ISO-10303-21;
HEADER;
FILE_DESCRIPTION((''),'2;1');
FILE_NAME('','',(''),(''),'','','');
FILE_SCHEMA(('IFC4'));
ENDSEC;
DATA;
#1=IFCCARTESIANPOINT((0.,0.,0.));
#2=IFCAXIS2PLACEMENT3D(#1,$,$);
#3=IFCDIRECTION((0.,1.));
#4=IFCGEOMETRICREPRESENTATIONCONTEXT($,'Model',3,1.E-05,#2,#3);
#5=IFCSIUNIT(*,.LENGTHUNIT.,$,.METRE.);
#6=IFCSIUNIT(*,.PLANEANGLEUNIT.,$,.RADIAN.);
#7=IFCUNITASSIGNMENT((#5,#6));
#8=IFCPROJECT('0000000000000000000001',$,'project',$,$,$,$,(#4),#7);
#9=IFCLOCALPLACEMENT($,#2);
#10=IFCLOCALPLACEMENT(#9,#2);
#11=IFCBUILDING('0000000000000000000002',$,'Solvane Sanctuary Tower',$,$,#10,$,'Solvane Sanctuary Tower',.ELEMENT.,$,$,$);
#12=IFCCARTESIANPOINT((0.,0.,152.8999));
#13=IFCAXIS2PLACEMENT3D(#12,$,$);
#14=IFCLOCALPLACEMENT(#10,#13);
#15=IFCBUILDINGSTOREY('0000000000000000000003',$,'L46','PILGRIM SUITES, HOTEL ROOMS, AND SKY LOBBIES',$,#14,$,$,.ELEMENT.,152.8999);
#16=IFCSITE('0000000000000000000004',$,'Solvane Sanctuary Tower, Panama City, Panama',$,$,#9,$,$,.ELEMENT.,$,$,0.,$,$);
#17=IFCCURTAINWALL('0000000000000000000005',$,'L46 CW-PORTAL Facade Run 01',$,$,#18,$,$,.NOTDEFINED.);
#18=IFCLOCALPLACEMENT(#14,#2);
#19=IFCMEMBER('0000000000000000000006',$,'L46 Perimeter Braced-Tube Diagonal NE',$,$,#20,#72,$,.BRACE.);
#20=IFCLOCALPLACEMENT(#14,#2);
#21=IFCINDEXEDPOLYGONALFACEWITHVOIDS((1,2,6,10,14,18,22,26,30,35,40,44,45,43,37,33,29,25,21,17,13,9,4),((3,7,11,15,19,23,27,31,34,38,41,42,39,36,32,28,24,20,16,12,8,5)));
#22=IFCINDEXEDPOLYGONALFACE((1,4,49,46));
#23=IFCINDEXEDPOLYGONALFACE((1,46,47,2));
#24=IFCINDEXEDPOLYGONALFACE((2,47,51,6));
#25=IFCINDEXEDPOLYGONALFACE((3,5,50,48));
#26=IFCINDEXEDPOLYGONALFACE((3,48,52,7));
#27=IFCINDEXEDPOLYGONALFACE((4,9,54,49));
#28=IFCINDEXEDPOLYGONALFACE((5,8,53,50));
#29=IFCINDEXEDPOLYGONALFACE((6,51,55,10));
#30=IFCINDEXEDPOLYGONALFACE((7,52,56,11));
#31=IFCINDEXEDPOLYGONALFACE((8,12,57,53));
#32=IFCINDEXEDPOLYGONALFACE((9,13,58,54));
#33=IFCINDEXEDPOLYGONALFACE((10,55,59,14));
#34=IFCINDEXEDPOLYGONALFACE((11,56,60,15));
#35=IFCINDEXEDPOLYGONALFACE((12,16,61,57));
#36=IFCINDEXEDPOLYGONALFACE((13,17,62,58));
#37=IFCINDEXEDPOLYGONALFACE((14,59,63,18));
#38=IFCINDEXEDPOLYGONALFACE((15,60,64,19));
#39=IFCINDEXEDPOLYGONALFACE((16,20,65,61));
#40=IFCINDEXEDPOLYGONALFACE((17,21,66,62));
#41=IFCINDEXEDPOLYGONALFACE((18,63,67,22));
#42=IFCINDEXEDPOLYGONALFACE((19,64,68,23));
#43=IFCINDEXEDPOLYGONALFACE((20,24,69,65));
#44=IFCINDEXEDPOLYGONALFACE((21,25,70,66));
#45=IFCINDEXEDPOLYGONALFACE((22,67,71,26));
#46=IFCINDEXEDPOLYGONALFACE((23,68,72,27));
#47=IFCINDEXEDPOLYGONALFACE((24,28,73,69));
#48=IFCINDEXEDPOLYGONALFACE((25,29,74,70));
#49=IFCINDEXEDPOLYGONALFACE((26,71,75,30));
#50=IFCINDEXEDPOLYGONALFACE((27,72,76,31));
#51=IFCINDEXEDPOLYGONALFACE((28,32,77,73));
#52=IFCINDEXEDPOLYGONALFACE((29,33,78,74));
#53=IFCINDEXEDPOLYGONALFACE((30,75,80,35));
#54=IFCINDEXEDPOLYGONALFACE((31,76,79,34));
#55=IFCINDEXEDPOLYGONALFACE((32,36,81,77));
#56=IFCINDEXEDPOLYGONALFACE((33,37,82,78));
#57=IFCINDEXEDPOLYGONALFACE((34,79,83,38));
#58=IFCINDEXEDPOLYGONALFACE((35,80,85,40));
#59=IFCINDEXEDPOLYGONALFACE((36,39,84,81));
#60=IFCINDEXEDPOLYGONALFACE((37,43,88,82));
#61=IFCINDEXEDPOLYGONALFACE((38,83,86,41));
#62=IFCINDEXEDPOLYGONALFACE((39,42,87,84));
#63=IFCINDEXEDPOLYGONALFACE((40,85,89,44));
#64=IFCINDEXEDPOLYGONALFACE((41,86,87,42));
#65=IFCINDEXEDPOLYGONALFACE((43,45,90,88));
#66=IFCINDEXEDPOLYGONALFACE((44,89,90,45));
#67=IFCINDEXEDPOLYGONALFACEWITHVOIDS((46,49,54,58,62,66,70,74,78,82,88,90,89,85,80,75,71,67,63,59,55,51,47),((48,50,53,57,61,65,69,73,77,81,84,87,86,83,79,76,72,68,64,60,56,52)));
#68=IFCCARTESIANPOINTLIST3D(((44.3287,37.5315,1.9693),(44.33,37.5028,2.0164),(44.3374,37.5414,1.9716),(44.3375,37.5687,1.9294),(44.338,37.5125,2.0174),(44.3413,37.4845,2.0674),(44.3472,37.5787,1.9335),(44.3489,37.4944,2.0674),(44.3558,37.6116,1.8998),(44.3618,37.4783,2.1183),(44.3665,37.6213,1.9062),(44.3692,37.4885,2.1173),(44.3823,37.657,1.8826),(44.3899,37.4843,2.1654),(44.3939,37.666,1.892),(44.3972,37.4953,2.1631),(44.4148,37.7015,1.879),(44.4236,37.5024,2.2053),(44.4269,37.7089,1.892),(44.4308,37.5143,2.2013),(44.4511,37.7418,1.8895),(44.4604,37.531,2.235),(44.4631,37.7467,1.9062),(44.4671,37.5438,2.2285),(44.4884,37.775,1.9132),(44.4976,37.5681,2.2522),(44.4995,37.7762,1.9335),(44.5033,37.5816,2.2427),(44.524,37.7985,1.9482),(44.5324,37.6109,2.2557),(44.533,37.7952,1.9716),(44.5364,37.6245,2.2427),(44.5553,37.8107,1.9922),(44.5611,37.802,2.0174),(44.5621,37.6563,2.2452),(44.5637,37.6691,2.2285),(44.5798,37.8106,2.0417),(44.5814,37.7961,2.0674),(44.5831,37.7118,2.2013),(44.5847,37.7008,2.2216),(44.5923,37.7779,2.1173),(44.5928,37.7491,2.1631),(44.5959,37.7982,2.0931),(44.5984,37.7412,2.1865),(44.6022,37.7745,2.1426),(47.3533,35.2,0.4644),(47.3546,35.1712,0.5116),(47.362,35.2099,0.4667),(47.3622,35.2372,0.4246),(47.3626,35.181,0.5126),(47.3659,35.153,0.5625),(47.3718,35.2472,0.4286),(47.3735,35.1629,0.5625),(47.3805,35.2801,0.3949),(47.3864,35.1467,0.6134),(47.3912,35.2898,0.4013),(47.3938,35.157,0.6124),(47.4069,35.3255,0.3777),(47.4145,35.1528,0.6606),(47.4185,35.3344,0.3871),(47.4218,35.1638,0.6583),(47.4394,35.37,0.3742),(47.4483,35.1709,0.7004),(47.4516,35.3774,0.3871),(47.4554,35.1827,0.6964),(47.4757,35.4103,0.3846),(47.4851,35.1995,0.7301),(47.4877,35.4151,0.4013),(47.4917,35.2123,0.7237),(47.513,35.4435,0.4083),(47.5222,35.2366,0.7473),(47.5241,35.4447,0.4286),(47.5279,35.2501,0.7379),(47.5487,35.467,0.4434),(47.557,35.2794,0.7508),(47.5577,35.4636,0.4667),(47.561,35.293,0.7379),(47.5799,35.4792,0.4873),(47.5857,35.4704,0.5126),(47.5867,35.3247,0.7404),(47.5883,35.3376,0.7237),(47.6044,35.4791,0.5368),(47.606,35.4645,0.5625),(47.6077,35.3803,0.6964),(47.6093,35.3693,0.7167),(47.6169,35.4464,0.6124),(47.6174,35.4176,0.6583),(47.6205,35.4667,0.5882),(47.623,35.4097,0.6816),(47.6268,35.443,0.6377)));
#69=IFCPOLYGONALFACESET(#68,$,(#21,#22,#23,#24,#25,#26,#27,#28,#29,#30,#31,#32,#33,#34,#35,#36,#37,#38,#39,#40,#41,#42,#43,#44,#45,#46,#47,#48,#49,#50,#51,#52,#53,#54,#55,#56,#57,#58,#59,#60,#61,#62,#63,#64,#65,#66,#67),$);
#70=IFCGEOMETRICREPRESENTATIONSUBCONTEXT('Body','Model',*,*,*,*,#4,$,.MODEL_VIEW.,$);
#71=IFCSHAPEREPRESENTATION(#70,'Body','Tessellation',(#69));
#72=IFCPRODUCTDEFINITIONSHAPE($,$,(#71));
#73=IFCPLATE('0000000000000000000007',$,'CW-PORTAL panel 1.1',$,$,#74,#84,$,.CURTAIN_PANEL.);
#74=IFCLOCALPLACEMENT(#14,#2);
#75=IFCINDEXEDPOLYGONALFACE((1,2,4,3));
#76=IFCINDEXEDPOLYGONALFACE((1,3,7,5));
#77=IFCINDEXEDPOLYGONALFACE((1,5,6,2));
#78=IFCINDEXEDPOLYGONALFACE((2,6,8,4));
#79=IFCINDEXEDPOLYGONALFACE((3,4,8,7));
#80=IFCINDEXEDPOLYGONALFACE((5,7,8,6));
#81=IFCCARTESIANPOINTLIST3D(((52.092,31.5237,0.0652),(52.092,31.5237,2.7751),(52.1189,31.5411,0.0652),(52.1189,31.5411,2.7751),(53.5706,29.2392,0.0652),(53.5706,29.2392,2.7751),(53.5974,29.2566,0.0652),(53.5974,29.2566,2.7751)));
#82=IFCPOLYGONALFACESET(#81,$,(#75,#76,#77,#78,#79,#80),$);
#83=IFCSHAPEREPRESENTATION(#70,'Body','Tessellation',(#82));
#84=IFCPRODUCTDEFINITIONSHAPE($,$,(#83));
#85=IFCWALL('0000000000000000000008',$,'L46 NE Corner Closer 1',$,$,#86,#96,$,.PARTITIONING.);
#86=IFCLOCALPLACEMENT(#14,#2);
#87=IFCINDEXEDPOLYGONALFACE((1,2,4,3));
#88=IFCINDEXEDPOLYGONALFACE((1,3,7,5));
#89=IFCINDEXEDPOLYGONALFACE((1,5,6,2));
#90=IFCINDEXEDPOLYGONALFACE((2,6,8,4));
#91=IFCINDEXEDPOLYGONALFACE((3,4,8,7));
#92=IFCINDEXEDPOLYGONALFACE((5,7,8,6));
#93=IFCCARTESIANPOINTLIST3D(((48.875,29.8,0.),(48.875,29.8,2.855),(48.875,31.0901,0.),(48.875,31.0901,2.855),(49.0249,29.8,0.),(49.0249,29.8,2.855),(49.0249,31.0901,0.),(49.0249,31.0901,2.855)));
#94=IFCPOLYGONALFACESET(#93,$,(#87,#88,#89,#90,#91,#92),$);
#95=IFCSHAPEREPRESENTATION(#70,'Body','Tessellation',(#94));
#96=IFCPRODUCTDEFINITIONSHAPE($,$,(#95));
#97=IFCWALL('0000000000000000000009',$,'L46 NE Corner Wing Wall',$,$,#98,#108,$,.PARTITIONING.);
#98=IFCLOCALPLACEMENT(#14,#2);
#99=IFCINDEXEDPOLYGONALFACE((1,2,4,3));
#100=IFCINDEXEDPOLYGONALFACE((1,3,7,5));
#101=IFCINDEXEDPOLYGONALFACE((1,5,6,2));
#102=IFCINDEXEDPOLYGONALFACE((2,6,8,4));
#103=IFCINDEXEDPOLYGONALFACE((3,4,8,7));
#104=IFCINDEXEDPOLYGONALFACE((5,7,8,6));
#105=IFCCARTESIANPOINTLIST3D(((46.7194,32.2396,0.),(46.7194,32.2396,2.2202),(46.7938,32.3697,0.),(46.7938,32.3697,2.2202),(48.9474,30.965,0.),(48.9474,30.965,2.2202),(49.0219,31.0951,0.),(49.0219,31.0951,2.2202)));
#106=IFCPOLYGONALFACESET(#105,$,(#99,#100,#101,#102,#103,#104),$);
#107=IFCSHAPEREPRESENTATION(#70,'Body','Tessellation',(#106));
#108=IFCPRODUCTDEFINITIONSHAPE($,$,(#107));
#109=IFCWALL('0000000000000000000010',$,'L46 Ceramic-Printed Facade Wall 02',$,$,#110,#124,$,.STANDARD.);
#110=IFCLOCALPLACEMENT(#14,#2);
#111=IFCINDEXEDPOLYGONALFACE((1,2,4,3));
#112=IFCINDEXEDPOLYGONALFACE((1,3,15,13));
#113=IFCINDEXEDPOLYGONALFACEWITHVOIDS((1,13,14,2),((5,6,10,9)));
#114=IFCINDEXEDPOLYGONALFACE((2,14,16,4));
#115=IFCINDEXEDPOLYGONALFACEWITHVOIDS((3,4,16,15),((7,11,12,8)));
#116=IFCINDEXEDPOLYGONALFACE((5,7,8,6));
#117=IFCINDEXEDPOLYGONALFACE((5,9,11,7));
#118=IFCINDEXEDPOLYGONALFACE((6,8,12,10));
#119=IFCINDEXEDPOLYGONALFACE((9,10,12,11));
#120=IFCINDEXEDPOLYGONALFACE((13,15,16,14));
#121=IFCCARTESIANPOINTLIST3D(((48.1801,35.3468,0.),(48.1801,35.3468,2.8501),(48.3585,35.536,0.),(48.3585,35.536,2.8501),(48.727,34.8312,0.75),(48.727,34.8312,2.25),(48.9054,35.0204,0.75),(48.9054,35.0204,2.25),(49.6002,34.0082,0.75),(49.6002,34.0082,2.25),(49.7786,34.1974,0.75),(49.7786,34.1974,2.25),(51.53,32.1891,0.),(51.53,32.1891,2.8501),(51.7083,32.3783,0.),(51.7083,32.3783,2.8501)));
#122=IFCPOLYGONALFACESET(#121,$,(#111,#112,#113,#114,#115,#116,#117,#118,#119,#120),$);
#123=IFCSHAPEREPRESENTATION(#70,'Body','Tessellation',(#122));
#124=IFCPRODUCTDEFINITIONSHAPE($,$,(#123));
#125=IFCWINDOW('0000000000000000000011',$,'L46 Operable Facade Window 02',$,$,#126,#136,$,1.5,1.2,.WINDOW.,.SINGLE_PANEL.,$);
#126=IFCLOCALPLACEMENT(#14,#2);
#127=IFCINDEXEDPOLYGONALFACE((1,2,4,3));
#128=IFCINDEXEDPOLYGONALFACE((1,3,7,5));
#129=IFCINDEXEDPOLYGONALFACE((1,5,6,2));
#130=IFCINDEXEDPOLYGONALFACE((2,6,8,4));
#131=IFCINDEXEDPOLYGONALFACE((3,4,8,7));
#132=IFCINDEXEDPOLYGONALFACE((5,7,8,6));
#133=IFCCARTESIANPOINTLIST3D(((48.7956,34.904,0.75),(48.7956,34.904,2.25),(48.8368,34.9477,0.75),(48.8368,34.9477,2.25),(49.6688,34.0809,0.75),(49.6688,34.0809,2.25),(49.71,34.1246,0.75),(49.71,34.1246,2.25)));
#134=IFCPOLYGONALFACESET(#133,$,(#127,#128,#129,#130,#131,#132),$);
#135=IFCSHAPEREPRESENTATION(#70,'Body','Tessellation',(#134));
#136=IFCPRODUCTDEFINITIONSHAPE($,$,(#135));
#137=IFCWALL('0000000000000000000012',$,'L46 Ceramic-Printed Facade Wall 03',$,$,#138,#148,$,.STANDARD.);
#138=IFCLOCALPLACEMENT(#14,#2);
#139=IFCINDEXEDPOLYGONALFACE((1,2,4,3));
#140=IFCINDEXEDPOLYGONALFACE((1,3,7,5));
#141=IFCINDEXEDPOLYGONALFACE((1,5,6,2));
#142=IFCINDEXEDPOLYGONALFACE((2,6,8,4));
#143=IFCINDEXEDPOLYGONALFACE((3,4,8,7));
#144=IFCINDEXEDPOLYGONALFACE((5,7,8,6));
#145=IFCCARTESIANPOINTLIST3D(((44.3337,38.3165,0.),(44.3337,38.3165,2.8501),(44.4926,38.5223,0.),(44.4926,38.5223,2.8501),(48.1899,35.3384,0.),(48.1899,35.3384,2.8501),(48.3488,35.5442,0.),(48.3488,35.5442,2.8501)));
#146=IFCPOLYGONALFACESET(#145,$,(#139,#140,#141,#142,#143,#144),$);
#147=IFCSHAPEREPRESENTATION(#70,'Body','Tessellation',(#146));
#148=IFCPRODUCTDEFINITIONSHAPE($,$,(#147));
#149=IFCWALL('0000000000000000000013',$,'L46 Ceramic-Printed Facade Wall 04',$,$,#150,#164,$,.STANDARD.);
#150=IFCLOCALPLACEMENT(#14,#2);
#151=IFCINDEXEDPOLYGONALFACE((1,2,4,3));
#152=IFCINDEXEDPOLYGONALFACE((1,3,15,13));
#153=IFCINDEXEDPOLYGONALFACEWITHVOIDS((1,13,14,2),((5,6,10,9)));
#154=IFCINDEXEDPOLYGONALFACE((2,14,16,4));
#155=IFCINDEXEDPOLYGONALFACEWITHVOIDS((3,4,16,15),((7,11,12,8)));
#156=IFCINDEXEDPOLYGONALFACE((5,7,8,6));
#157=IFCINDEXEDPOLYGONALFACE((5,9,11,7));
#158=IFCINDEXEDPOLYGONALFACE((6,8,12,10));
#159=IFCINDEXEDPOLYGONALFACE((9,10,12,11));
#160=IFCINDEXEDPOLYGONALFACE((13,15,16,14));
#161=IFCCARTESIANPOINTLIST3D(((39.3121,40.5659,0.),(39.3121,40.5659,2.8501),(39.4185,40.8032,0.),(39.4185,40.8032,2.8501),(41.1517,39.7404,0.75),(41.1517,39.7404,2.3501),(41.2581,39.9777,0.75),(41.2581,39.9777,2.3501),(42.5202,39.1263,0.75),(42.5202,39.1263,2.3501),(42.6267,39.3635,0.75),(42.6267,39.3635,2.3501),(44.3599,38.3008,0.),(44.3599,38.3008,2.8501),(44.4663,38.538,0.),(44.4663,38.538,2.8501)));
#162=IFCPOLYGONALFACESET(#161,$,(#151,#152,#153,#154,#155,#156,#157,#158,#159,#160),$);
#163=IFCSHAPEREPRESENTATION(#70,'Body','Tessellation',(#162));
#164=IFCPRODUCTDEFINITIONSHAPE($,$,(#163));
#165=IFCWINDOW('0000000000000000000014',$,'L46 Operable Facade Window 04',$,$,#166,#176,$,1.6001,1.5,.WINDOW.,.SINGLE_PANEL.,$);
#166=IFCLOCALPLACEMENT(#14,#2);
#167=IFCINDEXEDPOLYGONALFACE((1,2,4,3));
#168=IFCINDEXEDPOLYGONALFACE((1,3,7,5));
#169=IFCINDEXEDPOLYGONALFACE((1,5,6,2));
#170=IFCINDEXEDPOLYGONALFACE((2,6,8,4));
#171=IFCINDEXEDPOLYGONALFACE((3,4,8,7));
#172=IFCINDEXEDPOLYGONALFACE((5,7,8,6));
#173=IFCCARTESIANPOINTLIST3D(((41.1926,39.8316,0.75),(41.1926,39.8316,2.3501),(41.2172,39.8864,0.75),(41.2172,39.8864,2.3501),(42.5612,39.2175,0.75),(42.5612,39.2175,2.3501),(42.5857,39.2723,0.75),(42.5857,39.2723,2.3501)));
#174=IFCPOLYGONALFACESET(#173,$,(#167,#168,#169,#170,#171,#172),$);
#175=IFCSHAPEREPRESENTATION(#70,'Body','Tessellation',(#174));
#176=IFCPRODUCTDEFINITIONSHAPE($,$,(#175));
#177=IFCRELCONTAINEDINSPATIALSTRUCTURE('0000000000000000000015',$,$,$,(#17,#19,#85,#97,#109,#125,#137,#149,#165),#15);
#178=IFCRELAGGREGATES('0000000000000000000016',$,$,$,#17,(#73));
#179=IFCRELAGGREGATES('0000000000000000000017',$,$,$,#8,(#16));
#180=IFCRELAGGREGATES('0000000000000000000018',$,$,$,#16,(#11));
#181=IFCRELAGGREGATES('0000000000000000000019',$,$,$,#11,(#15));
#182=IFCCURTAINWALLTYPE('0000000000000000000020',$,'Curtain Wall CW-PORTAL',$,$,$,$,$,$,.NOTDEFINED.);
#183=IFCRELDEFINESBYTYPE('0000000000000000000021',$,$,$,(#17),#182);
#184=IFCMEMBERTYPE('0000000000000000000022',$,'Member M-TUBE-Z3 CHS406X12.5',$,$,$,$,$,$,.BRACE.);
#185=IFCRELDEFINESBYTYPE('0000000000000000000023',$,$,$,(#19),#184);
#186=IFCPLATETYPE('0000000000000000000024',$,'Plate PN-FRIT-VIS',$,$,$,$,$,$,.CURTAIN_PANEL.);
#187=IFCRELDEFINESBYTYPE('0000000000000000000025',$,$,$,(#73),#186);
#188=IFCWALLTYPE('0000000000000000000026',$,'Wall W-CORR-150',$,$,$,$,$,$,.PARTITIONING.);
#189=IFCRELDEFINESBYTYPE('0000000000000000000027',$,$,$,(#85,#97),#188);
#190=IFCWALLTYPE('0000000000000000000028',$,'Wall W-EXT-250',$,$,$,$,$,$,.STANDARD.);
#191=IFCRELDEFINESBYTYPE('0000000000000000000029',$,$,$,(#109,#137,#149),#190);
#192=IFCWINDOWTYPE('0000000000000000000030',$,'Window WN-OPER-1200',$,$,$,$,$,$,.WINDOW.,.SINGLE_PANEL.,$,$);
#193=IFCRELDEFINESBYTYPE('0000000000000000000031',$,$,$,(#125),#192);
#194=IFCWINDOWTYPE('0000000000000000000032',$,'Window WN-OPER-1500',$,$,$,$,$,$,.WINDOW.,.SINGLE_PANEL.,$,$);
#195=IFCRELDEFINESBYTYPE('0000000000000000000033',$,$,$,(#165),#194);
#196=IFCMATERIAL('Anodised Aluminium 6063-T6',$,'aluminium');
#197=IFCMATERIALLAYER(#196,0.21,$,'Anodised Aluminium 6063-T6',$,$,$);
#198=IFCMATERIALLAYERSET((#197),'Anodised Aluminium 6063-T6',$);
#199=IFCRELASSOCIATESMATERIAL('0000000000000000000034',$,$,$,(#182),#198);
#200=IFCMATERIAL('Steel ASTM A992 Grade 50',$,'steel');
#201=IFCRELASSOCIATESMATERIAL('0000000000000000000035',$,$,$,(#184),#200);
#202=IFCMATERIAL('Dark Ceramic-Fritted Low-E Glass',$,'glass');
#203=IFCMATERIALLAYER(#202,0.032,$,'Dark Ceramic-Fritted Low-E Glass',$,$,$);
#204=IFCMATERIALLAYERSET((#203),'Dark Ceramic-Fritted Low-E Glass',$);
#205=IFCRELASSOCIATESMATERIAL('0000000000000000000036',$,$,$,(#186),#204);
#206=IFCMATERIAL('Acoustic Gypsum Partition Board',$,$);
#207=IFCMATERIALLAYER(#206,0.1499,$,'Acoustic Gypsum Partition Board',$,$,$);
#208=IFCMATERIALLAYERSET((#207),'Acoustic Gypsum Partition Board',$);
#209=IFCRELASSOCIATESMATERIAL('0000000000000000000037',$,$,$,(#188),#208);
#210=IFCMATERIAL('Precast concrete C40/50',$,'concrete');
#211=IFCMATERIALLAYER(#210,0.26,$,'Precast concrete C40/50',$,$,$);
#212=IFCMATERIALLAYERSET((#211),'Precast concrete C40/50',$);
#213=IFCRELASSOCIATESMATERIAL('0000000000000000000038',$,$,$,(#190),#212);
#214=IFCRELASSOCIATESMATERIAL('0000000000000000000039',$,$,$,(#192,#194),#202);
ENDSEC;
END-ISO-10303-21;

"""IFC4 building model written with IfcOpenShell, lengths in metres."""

from ifc_helpers import new_model, si_unit, direction, frame, frame_2d, origin, origin_2d, place, context, subcontext, project, spatial, rectangle, hollow_circle, extrude, material, layer, layer_set, material_profile, profile_set, type_object, element, fill, aggregate, save


model = new_model("IFC4")

# Units and contexts
model_context = context("Model", 3, precision=1e-05, world=origin(), true_north=direction((0.0, 1.0)))
body_context = subcontext(model_context, "Body", "Model", "MODEL_VIEW")
ifc_project = project(units=[si_unit("LENGTHUNIT", "METRE"), si_unit("PLANEANGLEUNIT", "RADIAN")], contexts=[model_context])

# Site, building, storey
site_placement = place(None, origin())
site = spatial("IfcSite", under=ifc_project, at=site_placement, Name="Solvane Sanctuary Tower, Panama City, Panama", CompositionType="ELEMENT", RefElevation=0.0)
building_placement = place(site_placement, origin())
building = spatial("IfcBuilding", under=site, at=building_placement, Name="Solvane Sanctuary Tower", LongName="Solvane Sanctuary Tower", CompositionType="ELEMENT")
storey_placement = place(building_placement, frame((0.0, 0.0, 152.8999)))
storey = spatial("IfcBuildingStorey", under=building, at=storey_placement, Name="L46", Description="PILGRIM SUITES, HOTEL ROOMS, AND SKY LOBBIES", CompositionType="ELEMENT", Elevation=152.8999)

# Shared definitions
ifc_material_1 = material(Name="Steel ASTM A992 Grade 50", Category="steel")

# Curtain wall
ifc_material_2 = material(Name="Anodised Aluminium 6063-T6", Category="aluminium")
ifc_layer_1 = layer(ifc_material_2, 0.21, Name="Anodised Aluminium 6063-T6")
ifc_layer_set_1 = layer_set([ifc_layer_1], Name="Anodised Aluminium 6063-T6")
curtain_wall_type = type_object("IfcCurtainWallType", Name="Curtain Wall CW-PORTAL", PredefinedType="NOTDEFINED", material=ifc_layer_set_1)
curtain_wall_placement = place(storey_placement, origin())
curtain_wall = element("IfcCurtainWall", 1, at=curtain_wall_placement, inside=storey, type_object=curtain_wall_type, Name="L46 CW-PORTAL Facade Run 01", PredefinedType="NOTDEFINED")

# Member
ifc_material_profile_1 = material_profile(ifc_material_1, hollow_circle(Radius=0.2029, WallThickness=0.0125, at=origin_2d()), Name="CHS406X12.5")
ifc_profile_set_1 = profile_set([ifc_material_profile_1], Name="Steel ASTM A992 Grade 50")
member_type_1 = type_object("IfcMemberType", Name="Member M-TUBE-Z3 CHS406X12.5", PredefinedType="BRACE", material=ifc_profile_set_1)
member_1_placement = place(storey_placement, frame((47.4897, 35.3137, 0.5625), z_axis=(-0.73686, 0.568005, 0.366616), x_axis=(-0.610514, -0.792006, 0.0)))
element("IfcMember", 2, at=member_1_placement, inside=storey, type_object=member_type_1, Name="L46 Perimeter Braced-Tube Diagonal NE", PredefinedType="BRACE", context=body_context, shape_type="SweptSolid", body=[
    extrude(hollow_circle(Radius=0.2029, WallThickness=0.0125, at=origin_2d()), origin(), (0.0, 0.0, 1.0), 4.1047),
])

# Plate
ifc_material_3 = material(Name="Dark Ceramic-Fritted Low-E Glass", Category="glass")
ifc_layer_2 = layer(ifc_material_3, 0.032, Name="Dark Ceramic-Fritted Low-E Glass")
ifc_layer_set_2 = layer_set([ifc_layer_2], Name="Dark Ceramic-Fritted Low-E Glass")
plate_type = type_object("IfcPlateType", Name="Plate PN-FRIT-VIS", PredefinedType="CURTAIN_PANEL", material=ifc_layer_set_2)
plate_placement = place(storey_placement, frame((52.8447, 30.3901, 0.0652), z_axis=(0.0, 0.0, 1.0), x_axis=(-0.543341, 0.839512, 0.0)))
plate = element("IfcPlate", 3, at=plate_placement, type_object=plate_type, Name="CW-PORTAL panel 1.1", PredefinedType="CURTAIN_PANEL", context=body_context, shape_type="SweptSolid", body=[
    extrude(rectangle(XDim=2.7212, YDim=0.032, at=origin_2d()), origin(), (0.0, 0.0, 1.0), 2.71),
])
aggregate(curtain_wall, [plate])

# Walls
ifc_material_4 = material(Name="Acoustic Gypsum Partition Board")
ifc_layer_3 = layer(ifc_material_4, 0.1499, Name="Acoustic Gypsum Partition Board")
ifc_layer_set_3 = layer_set([ifc_layer_3], Name="Acoustic Gypsum Partition Board")
wall_type_1 = type_object("IfcWallType", Name="Wall W-CORR-150", PredefinedType="PARTITIONING", material=ifc_layer_set_3)
wall_1_placement = place(storey_placement, frame((48.95, 29.8, 0.0), z_axis=(0.0, 0.0, 1.0), x_axis=(0.0, 1.0, 0.0)))
element("IfcWall", 4, at=wall_1_placement, inside=storey, type_object=wall_type_1, Name="L46 NE Corner Closer 1", PredefinedType="PARTITIONING", context=body_context, shape_type="SweptSolid", body=[
    extrude(rectangle(XDim=1.29, YDim=0.1499, at=frame_2d((0.645, 0.0))), origin(), (0.0, 0.0, 1.0), 2.855),
])
wall_2_placement = place(storey_placement, frame((46.7566, 32.3047, 0.0), z_axis=(0.0, 0.0, 1.0), x_axis=(0.867991, -0.496579, 0.0)))
element("IfcWall", 5, at=wall_2_placement, inside=storey, type_object=wall_type_1, Name="L46 NE Corner Wing Wall", PredefinedType="PARTITIONING", context=body_context, shape_type="SweptSolid", body=[
    extrude(rectangle(XDim=2.5669, YDim=0.1499, at=frame_2d((1.2834, 0.0))), origin(), (0.0, 0.0, 1.0), 2.2202),
])

# Wall, opening, window
ifc_material_5 = material(Name="Precast concrete C40/50", Category="concrete")
ifc_layer_4 = layer(ifc_material_5, 0.26, Name="Precast concrete C40/50")
ifc_layer_set_4 = layer_set([ifc_layer_4], Name="Precast concrete C40/50")
wall_type_2 = type_object("IfcWallType", Name="Wall W-EXT-250", PredefinedType="STANDARD", material=ifc_layer_set_4)
wall_3_placement = place(storey_placement, frame((51.6191, 32.2837, 0.0), z_axis=(0.0, 0.0, 1.0), x_axis=(-0.727667, 0.68593, 0.0)))
wall_3 = element("IfcWall", 6, at=wall_3_placement, inside=storey, type_object=wall_type_2, Name="L46 Ceramic-Printed Facade Wall 02", PredefinedType="STANDARD", context=body_context, shape_type="SweptSolid", body=[
    extrude(rectangle(XDim=4.6035, YDim=0.26, at=frame_2d((2.3018, 0.0))), origin(), (0.0, 0.0, 1.0), 2.8501),
])
opening_1_placement = place(wall_3_placement, frame((2.6519, 0.0, 0.75)))
opening_1 = element("IfcOpeningElement", 7, at=opening_1_placement, cuts=wall_3, PredefinedType="OPENING", context=body_context, shape_type="SweptSolid", body=[
    extrude(rectangle(XDim=1.2, YDim=1.5, at=frame_2d((0.6001, 0.75))), frame((0.0, 0.1399, 0.0), z_axis=(0.0, -1.0, 0.0), x_axis=(1.0, 0.0, 0.0)), (0.0, 0.0, 1.0), 0.28),
])
window_type_1 = type_object("IfcWindowType", Name="Window WN-OPER-1200", PartitioningType="SINGLE_PANEL", PredefinedType="WINDOW", material=ifc_material_3)
window_1_placement = place(opening_1_placement, origin())
window_1 = element("IfcWindow", 8, at=window_1_placement, inside=storey, type_object=window_type_1, Name="L46 Operable Facade Window 02", OverallHeight=1.5, OverallWidth=1.2, PartitioningType="SINGLE_PANEL", PredefinedType="WINDOW", context=body_context, shape_type="SweptSolid", body=[
    extrude(rectangle(XDim=1.2, YDim=1.5, at=frame_2d((0.6001, 0.75))), frame((0.0, 0.03, 0.0), z_axis=(0.0, -1.0, 0.0), x_axis=(1.0, 0.0, 0.0)), (0.0, 0.0, 1.0), 0.0601),
])
fill(opening_1, window_1)

# Wall
wall_4_placement = place(storey_placement, frame((48.2693, 35.4414, 0.0), z_axis=(0.0, 0.0, 1.0), x_axis=(-0.79146, 0.611221, 0.0)))
element("IfcWall", 9, at=wall_4_placement, inside=storey, type_object=wall_type_2, Name="L46 Ceramic-Printed Facade Wall 03", PredefinedType="STANDARD", context=body_context, shape_type="SweptSolid", body=[
    extrude(rectangle(XDim=4.8723, YDim=0.26, at=frame_2d((2.436, 0.0))), origin(), (0.0, 0.0, 1.0), 2.8501),
])

# Wall, opening, window
wall_5_placement = place(storey_placement, frame((44.4131, 38.4194, 0.0), z_axis=(0.0, 0.0, 1.0), x_axis=(-0.912354, 0.409403, 0.0)))
wall_5 = element("IfcWall", 10, at=wall_5_placement, inside=storey, type_object=wall_type_2, Name="L46 Ceramic-Printed Facade Wall 04", PredefinedType="STANDARD", context=body_context, shape_type="SweptSolid", body=[
    extrude(rectangle(XDim=5.5327, YDim=0.26, at=frame_2d((2.7664, 0.0))), origin(), (0.0, 0.0, 1.0), 2.8501),
])
opening_2_placement = place(wall_5_placement, frame((2.0164, 0.0, 0.75)))
opening_2 = element("IfcOpeningElement", 11, at=opening_2_placement, cuts=wall_5, PredefinedType="OPENING", context=body_context, shape_type="SweptSolid", body=[
    extrude(rectangle(XDim=1.5, YDim=1.6001, at=frame_2d((0.75, 0.8))), frame((0.0, 0.1399, 0.0), z_axis=(0.0, -1.0, 0.0), x_axis=(1.0, 0.0, 0.0)), (0.0, 0.0, 1.0), 0.28),
])
window_type_2 = type_object("IfcWindowType", Name="Window WN-OPER-1500", PartitioningType="SINGLE_PANEL", PredefinedType="WINDOW", material=ifc_material_3)
window_2_placement = place(opening_2_placement, origin())
window_2 = element("IfcWindow", 12, at=window_2_placement, inside=storey, type_object=window_type_2, Name="L46 Operable Facade Window 04", OverallHeight=1.6001, OverallWidth=1.5, PartitioningType="SINGLE_PANEL", PredefinedType="WINDOW", context=body_context, shape_type="SweptSolid", body=[
    extrude(rectangle(XDim=1.5, YDim=1.6001, at=frame_2d((0.75, 0.8))), frame((0.0, 0.03, 0.0), z_axis=(0.0, -1.0, 0.0), x_axis=(1.0, 0.0, 0.0)), (0.0, 0.0, 1.0), 0.0601),
])
fill(opening_2, window_2)

save(model, "model.ifc")
